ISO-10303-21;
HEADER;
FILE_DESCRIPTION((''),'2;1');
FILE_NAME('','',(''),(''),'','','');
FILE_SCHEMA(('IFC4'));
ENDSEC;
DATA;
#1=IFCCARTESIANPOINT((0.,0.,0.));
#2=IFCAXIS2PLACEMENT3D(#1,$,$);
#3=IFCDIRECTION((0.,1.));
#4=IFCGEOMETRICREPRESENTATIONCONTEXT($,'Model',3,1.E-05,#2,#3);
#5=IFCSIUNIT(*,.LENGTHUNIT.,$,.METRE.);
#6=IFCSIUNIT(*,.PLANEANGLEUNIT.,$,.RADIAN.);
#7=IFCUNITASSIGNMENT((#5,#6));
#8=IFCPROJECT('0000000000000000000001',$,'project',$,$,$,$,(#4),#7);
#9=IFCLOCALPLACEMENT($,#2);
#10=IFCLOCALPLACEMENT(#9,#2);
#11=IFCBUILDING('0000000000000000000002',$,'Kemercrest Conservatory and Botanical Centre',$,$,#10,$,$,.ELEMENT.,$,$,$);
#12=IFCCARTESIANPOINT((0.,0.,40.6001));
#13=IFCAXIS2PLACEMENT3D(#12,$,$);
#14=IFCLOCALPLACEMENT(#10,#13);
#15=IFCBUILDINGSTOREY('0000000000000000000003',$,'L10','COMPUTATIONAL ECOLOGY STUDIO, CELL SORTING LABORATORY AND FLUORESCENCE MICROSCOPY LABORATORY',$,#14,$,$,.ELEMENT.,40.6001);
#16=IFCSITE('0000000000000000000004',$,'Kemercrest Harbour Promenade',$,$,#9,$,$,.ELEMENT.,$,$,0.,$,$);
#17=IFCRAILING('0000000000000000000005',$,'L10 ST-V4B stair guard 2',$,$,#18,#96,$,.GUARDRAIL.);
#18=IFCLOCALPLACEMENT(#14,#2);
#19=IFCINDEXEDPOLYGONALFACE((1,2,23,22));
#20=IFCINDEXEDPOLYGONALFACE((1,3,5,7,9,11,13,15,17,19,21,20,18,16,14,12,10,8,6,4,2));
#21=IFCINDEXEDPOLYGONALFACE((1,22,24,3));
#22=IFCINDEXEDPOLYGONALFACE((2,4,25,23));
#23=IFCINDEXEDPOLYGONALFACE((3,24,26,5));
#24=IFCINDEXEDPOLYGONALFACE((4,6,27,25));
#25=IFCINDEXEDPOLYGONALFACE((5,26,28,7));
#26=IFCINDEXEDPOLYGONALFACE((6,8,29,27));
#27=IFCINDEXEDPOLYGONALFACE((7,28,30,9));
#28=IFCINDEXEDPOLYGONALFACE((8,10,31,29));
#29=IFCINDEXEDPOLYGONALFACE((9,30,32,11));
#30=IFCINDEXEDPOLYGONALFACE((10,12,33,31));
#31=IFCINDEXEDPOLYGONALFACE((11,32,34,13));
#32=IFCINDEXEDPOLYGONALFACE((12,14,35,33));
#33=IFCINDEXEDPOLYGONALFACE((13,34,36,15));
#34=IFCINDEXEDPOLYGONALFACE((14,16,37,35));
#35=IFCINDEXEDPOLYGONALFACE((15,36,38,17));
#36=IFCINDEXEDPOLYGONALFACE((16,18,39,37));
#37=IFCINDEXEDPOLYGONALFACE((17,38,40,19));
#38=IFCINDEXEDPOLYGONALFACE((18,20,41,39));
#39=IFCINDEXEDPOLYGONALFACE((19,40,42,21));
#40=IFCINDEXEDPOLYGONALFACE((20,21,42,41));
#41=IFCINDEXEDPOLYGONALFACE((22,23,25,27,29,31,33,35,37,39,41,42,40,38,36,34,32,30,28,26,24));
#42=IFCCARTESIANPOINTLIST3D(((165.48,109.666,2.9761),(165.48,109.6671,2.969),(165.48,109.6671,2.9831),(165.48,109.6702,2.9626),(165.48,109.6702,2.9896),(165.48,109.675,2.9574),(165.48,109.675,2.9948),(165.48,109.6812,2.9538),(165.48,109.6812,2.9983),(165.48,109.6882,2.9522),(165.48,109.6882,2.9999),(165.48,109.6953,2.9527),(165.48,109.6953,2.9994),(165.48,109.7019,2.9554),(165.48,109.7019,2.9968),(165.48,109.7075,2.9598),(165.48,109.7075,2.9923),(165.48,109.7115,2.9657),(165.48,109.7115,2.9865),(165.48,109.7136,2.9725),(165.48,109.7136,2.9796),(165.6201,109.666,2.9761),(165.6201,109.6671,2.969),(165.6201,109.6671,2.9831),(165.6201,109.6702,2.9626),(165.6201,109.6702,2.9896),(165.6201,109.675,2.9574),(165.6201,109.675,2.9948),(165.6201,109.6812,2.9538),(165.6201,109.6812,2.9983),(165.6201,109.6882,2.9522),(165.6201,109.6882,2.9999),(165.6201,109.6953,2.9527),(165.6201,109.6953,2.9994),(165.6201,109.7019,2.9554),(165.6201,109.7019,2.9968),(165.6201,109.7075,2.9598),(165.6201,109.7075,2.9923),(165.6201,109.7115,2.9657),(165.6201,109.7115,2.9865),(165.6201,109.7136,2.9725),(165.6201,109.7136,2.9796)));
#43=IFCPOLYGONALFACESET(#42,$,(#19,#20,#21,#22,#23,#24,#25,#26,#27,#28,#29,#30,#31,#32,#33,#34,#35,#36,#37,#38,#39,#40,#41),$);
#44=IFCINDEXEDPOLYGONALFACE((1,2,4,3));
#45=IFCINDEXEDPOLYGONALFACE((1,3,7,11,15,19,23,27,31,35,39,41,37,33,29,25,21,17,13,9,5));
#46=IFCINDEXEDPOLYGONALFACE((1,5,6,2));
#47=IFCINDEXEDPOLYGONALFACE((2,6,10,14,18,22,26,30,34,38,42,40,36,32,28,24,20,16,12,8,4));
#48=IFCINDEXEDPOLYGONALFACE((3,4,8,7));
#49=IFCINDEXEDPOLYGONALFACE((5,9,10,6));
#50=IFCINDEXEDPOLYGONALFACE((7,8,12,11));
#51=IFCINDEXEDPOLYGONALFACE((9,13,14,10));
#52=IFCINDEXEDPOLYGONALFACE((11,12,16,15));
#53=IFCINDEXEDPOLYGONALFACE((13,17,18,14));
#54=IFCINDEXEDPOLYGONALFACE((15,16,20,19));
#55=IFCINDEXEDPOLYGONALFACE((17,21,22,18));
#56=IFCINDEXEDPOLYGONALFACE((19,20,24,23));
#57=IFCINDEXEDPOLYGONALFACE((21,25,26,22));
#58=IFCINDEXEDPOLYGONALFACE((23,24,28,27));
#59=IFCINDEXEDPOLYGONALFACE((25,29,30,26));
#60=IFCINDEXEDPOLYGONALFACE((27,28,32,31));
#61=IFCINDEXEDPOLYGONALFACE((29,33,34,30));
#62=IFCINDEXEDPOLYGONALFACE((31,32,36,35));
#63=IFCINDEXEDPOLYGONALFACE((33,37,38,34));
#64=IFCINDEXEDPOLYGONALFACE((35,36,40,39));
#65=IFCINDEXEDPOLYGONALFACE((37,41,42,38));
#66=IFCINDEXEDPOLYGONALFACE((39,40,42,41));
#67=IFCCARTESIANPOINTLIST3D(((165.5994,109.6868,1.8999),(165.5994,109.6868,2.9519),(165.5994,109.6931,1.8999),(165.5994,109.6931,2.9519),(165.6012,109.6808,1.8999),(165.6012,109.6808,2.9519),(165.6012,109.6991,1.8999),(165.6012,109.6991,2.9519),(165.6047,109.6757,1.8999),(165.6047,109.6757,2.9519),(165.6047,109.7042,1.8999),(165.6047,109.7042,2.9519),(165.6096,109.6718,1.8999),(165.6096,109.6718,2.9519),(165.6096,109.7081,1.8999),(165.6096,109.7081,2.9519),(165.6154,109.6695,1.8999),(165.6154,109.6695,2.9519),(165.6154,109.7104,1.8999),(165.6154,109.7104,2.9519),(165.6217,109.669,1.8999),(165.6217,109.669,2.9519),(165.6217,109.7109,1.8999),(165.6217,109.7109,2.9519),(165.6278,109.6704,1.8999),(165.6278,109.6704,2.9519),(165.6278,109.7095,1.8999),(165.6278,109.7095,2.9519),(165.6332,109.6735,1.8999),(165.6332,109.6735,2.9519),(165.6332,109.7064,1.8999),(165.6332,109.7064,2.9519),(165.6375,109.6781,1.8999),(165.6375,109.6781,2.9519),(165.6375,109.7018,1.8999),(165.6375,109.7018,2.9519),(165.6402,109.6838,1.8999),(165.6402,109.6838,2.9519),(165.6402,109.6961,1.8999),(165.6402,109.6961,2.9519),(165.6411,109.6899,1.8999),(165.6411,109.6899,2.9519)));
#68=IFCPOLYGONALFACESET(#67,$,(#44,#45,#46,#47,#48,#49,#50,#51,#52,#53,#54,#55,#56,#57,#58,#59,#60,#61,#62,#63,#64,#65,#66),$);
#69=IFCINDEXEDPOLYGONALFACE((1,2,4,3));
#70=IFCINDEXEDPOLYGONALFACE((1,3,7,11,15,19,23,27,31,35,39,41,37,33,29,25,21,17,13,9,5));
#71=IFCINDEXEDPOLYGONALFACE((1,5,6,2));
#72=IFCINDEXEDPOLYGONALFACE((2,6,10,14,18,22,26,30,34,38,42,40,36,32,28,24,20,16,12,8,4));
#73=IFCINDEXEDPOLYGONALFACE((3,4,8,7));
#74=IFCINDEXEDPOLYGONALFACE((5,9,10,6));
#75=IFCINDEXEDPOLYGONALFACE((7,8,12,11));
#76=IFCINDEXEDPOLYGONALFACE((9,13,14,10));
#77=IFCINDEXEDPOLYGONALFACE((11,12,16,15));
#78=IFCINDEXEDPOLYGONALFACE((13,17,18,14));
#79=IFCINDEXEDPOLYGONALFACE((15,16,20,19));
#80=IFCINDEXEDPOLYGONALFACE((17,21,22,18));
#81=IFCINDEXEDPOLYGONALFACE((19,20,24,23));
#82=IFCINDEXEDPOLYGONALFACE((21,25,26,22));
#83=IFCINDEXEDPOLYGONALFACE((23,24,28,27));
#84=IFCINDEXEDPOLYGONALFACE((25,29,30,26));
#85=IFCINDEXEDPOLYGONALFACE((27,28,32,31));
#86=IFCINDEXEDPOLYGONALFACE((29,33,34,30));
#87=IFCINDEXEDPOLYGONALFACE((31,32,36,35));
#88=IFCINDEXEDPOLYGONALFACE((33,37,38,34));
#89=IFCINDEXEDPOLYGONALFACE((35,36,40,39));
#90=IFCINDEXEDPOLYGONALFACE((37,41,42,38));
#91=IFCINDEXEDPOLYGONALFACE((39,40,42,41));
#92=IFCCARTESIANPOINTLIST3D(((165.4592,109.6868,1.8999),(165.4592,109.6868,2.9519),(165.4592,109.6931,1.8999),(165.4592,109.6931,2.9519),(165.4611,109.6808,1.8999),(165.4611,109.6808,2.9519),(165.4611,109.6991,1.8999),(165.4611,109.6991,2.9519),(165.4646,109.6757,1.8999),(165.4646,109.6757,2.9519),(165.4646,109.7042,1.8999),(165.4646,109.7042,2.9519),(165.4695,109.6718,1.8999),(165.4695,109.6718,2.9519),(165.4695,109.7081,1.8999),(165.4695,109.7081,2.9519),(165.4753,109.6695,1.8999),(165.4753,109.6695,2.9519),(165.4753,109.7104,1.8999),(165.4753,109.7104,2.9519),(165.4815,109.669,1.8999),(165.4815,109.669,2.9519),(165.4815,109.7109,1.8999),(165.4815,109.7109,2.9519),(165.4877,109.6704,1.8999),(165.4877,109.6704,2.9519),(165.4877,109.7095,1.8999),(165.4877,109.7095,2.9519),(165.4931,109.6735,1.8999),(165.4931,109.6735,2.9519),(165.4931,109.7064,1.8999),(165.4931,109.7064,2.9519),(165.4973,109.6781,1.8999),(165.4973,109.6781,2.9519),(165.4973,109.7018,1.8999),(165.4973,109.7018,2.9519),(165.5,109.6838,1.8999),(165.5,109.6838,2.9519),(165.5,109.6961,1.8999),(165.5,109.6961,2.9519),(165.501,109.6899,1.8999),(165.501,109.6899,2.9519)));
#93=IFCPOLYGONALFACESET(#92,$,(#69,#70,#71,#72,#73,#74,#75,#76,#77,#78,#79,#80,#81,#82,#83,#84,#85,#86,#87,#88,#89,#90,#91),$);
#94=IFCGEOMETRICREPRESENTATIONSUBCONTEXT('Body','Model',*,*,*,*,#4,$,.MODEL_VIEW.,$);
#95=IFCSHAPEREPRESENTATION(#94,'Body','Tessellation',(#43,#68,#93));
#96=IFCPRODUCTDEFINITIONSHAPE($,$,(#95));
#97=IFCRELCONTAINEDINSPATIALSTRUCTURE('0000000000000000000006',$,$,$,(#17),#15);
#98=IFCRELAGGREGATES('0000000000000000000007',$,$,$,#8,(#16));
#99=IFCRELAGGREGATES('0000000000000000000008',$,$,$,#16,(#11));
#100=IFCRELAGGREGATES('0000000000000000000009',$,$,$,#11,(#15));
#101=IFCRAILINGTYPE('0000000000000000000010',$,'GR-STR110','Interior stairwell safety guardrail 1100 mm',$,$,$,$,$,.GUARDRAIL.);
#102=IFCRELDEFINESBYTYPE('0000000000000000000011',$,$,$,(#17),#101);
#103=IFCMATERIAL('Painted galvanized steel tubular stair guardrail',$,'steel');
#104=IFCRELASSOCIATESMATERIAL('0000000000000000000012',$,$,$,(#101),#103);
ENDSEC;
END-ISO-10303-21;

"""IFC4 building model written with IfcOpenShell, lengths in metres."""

from ifc_helpers import new_model, si_unit, direction, frame, origin, origin_2d, place, context, subcontext, project, spatial, circle, extrude, material, type_object, element, save


model = new_model("IFC4")

# Units and contexts
model_context = context("Model", 3, precision=1e-05, world=origin(), true_north=direction((0.0, 1.0)))
body_context = subcontext(model_context, "Body", "Model", "MODEL_VIEW")
ifc_project = project(units=[si_unit("LENGTHUNIT", "METRE"), si_unit("PLANEANGLEUNIT", "RADIAN")], contexts=[model_context])

# Site, building, storey
site_placement = place(None, origin())
site = spatial("IfcSite", under=ifc_project, at=site_placement, Name="Kemercrest Harbour Promenade", CompositionType="ELEMENT", RefElevation=0.0)
building_placement = place(site_placement, origin())
building = spatial("IfcBuilding", under=site, at=building_placement, Name="Kemercrest Conservatory and Botanical Centre", CompositionType="ELEMENT")
storey_placement = place(building_placement, frame((0.0, 0.0, 40.6001)))
storey = spatial("IfcBuildingStorey", under=building, at=storey_placement, Name="L10", Description="COMPUTATIONAL ECOLOGY STUDIO, CELL SORTING LABORATORY AND FLUORESCENCE MICROSCOPY LABORATORY", CompositionType="ELEMENT", Elevation=40.6001)

# Railing
ifc_material_1 = material(Name="Painted galvanized steel tubular stair guardrail", Category="steel")
railing_type_1 = type_object("IfcRailingType", Name="GR-STR110", Description="Interior stairwell safety guardrail 1100 mm", PredefinedType="GUARDRAIL", material=ifc_material_1)
railing_1_placement = place(storey_placement, frame((165.6201, 109.6899, 1.8999)))
element("IfcRailing", 1, at=railing_1_placement, inside=storey, type_object=railing_type_1, Name="L10 ST-V4B stair guard 2", PredefinedType="GUARDRAIL", context=body_context, shape_type="SweptSolid", body=[
    extrude(circle(Radius=0.0239, at=origin_2d()), frame((0.0, 0.0, 1.0762), z_axis=(-1.0, 0.0, 0.0), x_axis=(0.0, -1.0, 0.0)), (0.0, 0.0, 1.0), 0.1401),
    extrude(circle(Radius=0.021, at=origin_2d()), origin(), (0.0, 0.0, 1.0), 1.052),
    extrude(circle(Radius=0.021, at=origin_2d()), frame((-0.1401, 0.0, 0.0)), (0.0, 0.0, 1.0), 1.052),
])

save(model, "model.ifc")
